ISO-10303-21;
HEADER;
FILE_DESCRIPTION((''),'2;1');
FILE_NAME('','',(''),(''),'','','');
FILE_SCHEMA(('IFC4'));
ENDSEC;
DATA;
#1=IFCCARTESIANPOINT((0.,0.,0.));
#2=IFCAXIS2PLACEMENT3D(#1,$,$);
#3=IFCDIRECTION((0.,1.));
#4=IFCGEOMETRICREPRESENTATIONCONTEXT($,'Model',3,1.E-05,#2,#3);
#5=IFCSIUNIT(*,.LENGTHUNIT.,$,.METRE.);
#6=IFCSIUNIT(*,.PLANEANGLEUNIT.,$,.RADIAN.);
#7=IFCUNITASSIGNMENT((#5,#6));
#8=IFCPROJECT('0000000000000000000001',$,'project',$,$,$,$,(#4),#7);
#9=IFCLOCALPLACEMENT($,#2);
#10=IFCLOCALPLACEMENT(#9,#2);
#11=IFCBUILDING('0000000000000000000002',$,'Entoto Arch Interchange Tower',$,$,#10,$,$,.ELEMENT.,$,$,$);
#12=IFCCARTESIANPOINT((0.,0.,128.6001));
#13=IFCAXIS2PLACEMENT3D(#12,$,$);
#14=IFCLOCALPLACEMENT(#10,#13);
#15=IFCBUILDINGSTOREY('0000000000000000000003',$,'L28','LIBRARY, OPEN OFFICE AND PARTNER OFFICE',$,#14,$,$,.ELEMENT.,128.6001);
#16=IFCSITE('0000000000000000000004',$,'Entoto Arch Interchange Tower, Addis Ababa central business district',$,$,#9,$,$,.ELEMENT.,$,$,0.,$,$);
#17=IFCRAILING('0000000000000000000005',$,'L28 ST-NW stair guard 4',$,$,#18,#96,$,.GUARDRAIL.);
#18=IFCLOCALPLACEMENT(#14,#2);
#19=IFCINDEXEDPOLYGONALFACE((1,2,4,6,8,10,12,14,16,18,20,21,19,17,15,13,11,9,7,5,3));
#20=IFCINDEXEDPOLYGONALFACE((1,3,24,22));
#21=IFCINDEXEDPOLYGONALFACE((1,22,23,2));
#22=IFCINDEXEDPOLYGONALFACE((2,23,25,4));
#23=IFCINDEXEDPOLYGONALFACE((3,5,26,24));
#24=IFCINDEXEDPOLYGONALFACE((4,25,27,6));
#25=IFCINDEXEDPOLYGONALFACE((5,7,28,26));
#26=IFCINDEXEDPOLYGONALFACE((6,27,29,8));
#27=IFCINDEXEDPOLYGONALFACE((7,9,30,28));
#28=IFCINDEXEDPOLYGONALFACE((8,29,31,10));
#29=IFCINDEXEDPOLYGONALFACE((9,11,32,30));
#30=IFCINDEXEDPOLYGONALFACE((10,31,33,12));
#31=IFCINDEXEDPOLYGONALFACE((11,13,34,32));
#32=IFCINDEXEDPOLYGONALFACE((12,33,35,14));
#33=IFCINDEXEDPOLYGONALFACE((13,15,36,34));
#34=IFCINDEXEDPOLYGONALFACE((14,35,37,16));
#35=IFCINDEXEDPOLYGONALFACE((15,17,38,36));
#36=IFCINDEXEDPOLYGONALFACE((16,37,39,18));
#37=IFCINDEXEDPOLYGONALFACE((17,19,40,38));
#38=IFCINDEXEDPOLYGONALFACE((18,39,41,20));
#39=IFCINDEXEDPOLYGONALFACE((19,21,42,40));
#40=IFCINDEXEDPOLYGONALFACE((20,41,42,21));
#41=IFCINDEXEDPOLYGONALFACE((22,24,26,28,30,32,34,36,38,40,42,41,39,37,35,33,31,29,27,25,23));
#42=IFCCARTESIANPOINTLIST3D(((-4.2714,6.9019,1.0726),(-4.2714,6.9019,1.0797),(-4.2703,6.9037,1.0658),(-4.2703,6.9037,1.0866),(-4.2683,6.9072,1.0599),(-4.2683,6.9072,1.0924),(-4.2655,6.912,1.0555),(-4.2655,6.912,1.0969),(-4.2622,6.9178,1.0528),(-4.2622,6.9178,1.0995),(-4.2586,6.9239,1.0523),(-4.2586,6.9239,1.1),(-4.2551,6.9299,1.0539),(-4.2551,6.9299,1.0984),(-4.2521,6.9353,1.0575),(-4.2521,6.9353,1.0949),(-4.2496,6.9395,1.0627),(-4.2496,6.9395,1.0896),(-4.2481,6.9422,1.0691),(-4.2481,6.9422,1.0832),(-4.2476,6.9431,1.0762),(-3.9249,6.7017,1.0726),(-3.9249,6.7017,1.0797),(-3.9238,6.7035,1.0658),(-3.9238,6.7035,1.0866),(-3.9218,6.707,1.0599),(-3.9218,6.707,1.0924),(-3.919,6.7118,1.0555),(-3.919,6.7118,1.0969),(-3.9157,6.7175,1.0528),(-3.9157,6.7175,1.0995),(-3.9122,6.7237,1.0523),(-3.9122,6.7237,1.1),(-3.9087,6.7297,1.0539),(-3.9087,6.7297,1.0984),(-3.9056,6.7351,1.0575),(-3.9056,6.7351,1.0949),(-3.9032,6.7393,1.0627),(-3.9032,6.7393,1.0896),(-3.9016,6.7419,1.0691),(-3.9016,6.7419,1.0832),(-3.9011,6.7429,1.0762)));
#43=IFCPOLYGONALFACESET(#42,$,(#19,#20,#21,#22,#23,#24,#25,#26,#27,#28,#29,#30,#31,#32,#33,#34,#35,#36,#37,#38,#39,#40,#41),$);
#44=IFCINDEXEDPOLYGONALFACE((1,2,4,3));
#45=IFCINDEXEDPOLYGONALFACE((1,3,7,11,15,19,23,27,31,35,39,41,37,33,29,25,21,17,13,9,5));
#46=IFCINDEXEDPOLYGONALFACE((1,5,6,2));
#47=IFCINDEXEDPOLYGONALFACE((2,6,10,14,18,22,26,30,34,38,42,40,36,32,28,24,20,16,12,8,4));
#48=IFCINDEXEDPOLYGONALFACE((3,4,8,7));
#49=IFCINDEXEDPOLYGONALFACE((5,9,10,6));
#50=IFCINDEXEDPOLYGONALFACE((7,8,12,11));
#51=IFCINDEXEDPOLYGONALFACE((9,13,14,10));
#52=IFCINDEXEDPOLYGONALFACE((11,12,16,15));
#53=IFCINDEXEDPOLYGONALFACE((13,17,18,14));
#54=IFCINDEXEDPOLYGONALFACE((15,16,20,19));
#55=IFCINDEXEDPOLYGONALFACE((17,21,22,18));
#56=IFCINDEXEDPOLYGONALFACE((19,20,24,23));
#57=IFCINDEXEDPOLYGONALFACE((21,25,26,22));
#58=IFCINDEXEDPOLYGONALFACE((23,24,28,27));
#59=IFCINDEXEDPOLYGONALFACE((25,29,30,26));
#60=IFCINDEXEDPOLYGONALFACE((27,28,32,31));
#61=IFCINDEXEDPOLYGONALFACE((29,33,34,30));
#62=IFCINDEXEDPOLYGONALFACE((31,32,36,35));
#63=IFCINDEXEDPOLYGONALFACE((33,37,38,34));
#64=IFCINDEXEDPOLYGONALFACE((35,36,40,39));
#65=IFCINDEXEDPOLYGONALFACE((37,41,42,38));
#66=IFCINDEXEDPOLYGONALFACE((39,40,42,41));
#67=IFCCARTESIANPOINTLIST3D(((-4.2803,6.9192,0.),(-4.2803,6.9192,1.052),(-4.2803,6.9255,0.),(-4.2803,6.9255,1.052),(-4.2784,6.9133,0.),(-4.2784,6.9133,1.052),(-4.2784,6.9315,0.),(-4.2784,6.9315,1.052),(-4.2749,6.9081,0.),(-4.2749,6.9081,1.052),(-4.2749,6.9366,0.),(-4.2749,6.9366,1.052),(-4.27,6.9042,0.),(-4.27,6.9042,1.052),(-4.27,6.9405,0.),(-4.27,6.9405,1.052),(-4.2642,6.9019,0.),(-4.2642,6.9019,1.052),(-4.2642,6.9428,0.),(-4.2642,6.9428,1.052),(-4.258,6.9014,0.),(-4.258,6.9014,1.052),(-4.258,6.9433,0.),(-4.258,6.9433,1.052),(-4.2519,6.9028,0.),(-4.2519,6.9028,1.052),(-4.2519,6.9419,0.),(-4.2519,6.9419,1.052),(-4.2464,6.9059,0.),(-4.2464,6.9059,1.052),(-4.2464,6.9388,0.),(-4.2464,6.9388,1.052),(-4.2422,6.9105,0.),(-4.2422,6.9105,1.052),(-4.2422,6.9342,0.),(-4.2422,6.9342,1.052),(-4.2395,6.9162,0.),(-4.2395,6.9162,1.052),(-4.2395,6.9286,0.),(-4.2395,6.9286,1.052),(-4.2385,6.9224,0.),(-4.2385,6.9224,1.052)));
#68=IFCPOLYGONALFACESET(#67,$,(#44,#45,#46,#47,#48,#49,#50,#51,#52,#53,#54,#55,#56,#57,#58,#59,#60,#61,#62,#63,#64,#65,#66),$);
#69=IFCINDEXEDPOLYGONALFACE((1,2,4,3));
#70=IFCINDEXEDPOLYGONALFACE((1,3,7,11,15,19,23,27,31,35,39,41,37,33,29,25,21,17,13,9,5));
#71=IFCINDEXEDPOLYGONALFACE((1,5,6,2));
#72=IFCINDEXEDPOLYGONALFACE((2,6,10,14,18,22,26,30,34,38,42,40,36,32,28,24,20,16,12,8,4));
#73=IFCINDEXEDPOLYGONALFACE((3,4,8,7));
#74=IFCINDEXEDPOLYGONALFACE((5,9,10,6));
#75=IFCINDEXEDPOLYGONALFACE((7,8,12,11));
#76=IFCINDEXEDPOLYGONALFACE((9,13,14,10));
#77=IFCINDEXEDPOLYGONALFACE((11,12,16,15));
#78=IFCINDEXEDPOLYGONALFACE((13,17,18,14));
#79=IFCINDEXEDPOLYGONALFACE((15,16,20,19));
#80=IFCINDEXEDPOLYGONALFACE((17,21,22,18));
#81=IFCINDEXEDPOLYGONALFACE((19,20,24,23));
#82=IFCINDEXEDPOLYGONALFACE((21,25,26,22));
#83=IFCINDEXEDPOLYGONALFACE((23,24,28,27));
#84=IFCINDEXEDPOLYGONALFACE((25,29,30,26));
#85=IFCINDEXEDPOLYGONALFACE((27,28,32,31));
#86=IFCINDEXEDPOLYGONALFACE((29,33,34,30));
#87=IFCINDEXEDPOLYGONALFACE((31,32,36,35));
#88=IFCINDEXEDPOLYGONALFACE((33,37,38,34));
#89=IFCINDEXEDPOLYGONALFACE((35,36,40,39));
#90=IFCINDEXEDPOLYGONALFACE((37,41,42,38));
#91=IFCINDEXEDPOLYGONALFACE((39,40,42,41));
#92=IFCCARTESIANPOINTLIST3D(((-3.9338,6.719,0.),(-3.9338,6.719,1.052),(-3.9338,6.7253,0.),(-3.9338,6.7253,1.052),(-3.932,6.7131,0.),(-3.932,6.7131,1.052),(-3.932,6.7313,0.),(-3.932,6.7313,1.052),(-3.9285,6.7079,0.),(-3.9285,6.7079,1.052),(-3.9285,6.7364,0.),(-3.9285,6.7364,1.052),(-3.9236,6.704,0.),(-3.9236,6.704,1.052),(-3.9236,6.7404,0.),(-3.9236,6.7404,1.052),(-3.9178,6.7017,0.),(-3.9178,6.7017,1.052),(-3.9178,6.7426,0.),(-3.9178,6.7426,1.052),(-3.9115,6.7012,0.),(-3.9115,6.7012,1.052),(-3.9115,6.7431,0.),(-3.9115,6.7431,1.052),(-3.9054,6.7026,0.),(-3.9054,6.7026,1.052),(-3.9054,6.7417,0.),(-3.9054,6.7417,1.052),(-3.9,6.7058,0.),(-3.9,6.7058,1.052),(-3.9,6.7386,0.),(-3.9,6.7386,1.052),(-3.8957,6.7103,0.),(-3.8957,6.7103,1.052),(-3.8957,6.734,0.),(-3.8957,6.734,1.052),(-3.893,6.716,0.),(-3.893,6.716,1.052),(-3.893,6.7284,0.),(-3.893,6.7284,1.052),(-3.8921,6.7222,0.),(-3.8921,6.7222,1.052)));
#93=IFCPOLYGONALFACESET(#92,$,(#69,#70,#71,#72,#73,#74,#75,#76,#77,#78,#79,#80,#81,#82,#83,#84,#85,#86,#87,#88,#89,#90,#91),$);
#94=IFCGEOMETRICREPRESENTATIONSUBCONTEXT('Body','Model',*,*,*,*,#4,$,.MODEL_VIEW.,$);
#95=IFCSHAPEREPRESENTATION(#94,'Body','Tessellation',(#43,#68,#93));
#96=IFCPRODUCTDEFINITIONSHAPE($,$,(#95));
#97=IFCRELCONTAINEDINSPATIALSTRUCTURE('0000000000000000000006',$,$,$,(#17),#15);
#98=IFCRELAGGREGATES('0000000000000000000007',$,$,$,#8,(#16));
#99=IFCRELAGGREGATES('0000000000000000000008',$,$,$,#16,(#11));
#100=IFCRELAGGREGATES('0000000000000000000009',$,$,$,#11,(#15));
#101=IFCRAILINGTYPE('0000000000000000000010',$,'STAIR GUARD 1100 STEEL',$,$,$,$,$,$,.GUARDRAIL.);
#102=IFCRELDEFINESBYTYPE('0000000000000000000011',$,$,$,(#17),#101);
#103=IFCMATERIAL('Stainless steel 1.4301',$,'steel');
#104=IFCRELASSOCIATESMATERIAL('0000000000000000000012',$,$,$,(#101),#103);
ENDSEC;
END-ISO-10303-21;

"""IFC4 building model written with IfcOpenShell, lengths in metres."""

from ifc_helpers import new_model, si_unit, direction, frame, origin, origin_2d, place, context, subcontext, project, spatial, circle, extrude, material, type_object, element, save


model = new_model("IFC4")

# Units and contexts
model_context = context("Model", 3, precision=1e-05, world=origin(), true_north=direction((0.0, 1.0)))
body_context = subcontext(model_context, "Body", "Model", "MODEL_VIEW")
ifc_project = project(units=[si_unit("LENGTHUNIT", "METRE"), si_unit("PLANEANGLEUNIT", "RADIAN")], contexts=[model_context])

# Site, building, storey
site_placement = place(None, origin())
site = spatial("IfcSite", under=ifc_project, at=site_placement, Name="Entoto Arch Interchange Tower, Addis Ababa central business district", CompositionType="ELEMENT", RefElevation=0.0)
building_placement = place(site_placement, origin())
building = spatial("IfcBuilding", under=site, at=building_placement, Name="Entoto Arch Interchange Tower", CompositionType="ELEMENT")
storey_placement = place(building_placement, frame((0.0, 0.0, 128.6001)))
storey = spatial("IfcBuildingStorey", under=building, at=storey_placement, Name="L28", Description="LIBRARY, OPEN OFFICE AND PARTNER OFFICE", CompositionType="ELEMENT", Elevation=128.6001)

# Railing
ifc_material_1 = material(Name="Stainless steel 1.4301", Category="steel")
railing_type_1 = type_object("IfcRailingType", Name="STAIR GUARD 1100 STEEL", PredefinedType="GUARDRAIL", material=ifc_material_1)
railing_1_placement = place(storey_placement, frame((-4.2595, 6.9224, 0.0)))
element("IfcRailing", 1, at=railing_1_placement, inside=storey, type_object=railing_type_1, Name="L28 ST-NW stair guard 4", PredefinedType="GUARDRAIL", context=body_context, shape_type="SweptSolid", body=[
    extrude(circle(Radius=0.0239, at=origin_2d()), frame((0.0, 0.0, 1.0762), z_axis=(0.86583, -0.500339, 0.0), x_axis=(0.500339, 0.86583, 0.0)), (0.0, 0.0, 1.0), 0.4001),
    extrude(circle(Radius=0.021, at=origin_2d()), origin(), (0.0, 0.0, 1.0), 1.052),
    extrude(circle(Radius=0.021, at=origin_2d()), frame((0.3464, -0.2002, 0.0)), (0.0, 0.0, 1.0), 1.052),
])

save(model, "model.ifc")
